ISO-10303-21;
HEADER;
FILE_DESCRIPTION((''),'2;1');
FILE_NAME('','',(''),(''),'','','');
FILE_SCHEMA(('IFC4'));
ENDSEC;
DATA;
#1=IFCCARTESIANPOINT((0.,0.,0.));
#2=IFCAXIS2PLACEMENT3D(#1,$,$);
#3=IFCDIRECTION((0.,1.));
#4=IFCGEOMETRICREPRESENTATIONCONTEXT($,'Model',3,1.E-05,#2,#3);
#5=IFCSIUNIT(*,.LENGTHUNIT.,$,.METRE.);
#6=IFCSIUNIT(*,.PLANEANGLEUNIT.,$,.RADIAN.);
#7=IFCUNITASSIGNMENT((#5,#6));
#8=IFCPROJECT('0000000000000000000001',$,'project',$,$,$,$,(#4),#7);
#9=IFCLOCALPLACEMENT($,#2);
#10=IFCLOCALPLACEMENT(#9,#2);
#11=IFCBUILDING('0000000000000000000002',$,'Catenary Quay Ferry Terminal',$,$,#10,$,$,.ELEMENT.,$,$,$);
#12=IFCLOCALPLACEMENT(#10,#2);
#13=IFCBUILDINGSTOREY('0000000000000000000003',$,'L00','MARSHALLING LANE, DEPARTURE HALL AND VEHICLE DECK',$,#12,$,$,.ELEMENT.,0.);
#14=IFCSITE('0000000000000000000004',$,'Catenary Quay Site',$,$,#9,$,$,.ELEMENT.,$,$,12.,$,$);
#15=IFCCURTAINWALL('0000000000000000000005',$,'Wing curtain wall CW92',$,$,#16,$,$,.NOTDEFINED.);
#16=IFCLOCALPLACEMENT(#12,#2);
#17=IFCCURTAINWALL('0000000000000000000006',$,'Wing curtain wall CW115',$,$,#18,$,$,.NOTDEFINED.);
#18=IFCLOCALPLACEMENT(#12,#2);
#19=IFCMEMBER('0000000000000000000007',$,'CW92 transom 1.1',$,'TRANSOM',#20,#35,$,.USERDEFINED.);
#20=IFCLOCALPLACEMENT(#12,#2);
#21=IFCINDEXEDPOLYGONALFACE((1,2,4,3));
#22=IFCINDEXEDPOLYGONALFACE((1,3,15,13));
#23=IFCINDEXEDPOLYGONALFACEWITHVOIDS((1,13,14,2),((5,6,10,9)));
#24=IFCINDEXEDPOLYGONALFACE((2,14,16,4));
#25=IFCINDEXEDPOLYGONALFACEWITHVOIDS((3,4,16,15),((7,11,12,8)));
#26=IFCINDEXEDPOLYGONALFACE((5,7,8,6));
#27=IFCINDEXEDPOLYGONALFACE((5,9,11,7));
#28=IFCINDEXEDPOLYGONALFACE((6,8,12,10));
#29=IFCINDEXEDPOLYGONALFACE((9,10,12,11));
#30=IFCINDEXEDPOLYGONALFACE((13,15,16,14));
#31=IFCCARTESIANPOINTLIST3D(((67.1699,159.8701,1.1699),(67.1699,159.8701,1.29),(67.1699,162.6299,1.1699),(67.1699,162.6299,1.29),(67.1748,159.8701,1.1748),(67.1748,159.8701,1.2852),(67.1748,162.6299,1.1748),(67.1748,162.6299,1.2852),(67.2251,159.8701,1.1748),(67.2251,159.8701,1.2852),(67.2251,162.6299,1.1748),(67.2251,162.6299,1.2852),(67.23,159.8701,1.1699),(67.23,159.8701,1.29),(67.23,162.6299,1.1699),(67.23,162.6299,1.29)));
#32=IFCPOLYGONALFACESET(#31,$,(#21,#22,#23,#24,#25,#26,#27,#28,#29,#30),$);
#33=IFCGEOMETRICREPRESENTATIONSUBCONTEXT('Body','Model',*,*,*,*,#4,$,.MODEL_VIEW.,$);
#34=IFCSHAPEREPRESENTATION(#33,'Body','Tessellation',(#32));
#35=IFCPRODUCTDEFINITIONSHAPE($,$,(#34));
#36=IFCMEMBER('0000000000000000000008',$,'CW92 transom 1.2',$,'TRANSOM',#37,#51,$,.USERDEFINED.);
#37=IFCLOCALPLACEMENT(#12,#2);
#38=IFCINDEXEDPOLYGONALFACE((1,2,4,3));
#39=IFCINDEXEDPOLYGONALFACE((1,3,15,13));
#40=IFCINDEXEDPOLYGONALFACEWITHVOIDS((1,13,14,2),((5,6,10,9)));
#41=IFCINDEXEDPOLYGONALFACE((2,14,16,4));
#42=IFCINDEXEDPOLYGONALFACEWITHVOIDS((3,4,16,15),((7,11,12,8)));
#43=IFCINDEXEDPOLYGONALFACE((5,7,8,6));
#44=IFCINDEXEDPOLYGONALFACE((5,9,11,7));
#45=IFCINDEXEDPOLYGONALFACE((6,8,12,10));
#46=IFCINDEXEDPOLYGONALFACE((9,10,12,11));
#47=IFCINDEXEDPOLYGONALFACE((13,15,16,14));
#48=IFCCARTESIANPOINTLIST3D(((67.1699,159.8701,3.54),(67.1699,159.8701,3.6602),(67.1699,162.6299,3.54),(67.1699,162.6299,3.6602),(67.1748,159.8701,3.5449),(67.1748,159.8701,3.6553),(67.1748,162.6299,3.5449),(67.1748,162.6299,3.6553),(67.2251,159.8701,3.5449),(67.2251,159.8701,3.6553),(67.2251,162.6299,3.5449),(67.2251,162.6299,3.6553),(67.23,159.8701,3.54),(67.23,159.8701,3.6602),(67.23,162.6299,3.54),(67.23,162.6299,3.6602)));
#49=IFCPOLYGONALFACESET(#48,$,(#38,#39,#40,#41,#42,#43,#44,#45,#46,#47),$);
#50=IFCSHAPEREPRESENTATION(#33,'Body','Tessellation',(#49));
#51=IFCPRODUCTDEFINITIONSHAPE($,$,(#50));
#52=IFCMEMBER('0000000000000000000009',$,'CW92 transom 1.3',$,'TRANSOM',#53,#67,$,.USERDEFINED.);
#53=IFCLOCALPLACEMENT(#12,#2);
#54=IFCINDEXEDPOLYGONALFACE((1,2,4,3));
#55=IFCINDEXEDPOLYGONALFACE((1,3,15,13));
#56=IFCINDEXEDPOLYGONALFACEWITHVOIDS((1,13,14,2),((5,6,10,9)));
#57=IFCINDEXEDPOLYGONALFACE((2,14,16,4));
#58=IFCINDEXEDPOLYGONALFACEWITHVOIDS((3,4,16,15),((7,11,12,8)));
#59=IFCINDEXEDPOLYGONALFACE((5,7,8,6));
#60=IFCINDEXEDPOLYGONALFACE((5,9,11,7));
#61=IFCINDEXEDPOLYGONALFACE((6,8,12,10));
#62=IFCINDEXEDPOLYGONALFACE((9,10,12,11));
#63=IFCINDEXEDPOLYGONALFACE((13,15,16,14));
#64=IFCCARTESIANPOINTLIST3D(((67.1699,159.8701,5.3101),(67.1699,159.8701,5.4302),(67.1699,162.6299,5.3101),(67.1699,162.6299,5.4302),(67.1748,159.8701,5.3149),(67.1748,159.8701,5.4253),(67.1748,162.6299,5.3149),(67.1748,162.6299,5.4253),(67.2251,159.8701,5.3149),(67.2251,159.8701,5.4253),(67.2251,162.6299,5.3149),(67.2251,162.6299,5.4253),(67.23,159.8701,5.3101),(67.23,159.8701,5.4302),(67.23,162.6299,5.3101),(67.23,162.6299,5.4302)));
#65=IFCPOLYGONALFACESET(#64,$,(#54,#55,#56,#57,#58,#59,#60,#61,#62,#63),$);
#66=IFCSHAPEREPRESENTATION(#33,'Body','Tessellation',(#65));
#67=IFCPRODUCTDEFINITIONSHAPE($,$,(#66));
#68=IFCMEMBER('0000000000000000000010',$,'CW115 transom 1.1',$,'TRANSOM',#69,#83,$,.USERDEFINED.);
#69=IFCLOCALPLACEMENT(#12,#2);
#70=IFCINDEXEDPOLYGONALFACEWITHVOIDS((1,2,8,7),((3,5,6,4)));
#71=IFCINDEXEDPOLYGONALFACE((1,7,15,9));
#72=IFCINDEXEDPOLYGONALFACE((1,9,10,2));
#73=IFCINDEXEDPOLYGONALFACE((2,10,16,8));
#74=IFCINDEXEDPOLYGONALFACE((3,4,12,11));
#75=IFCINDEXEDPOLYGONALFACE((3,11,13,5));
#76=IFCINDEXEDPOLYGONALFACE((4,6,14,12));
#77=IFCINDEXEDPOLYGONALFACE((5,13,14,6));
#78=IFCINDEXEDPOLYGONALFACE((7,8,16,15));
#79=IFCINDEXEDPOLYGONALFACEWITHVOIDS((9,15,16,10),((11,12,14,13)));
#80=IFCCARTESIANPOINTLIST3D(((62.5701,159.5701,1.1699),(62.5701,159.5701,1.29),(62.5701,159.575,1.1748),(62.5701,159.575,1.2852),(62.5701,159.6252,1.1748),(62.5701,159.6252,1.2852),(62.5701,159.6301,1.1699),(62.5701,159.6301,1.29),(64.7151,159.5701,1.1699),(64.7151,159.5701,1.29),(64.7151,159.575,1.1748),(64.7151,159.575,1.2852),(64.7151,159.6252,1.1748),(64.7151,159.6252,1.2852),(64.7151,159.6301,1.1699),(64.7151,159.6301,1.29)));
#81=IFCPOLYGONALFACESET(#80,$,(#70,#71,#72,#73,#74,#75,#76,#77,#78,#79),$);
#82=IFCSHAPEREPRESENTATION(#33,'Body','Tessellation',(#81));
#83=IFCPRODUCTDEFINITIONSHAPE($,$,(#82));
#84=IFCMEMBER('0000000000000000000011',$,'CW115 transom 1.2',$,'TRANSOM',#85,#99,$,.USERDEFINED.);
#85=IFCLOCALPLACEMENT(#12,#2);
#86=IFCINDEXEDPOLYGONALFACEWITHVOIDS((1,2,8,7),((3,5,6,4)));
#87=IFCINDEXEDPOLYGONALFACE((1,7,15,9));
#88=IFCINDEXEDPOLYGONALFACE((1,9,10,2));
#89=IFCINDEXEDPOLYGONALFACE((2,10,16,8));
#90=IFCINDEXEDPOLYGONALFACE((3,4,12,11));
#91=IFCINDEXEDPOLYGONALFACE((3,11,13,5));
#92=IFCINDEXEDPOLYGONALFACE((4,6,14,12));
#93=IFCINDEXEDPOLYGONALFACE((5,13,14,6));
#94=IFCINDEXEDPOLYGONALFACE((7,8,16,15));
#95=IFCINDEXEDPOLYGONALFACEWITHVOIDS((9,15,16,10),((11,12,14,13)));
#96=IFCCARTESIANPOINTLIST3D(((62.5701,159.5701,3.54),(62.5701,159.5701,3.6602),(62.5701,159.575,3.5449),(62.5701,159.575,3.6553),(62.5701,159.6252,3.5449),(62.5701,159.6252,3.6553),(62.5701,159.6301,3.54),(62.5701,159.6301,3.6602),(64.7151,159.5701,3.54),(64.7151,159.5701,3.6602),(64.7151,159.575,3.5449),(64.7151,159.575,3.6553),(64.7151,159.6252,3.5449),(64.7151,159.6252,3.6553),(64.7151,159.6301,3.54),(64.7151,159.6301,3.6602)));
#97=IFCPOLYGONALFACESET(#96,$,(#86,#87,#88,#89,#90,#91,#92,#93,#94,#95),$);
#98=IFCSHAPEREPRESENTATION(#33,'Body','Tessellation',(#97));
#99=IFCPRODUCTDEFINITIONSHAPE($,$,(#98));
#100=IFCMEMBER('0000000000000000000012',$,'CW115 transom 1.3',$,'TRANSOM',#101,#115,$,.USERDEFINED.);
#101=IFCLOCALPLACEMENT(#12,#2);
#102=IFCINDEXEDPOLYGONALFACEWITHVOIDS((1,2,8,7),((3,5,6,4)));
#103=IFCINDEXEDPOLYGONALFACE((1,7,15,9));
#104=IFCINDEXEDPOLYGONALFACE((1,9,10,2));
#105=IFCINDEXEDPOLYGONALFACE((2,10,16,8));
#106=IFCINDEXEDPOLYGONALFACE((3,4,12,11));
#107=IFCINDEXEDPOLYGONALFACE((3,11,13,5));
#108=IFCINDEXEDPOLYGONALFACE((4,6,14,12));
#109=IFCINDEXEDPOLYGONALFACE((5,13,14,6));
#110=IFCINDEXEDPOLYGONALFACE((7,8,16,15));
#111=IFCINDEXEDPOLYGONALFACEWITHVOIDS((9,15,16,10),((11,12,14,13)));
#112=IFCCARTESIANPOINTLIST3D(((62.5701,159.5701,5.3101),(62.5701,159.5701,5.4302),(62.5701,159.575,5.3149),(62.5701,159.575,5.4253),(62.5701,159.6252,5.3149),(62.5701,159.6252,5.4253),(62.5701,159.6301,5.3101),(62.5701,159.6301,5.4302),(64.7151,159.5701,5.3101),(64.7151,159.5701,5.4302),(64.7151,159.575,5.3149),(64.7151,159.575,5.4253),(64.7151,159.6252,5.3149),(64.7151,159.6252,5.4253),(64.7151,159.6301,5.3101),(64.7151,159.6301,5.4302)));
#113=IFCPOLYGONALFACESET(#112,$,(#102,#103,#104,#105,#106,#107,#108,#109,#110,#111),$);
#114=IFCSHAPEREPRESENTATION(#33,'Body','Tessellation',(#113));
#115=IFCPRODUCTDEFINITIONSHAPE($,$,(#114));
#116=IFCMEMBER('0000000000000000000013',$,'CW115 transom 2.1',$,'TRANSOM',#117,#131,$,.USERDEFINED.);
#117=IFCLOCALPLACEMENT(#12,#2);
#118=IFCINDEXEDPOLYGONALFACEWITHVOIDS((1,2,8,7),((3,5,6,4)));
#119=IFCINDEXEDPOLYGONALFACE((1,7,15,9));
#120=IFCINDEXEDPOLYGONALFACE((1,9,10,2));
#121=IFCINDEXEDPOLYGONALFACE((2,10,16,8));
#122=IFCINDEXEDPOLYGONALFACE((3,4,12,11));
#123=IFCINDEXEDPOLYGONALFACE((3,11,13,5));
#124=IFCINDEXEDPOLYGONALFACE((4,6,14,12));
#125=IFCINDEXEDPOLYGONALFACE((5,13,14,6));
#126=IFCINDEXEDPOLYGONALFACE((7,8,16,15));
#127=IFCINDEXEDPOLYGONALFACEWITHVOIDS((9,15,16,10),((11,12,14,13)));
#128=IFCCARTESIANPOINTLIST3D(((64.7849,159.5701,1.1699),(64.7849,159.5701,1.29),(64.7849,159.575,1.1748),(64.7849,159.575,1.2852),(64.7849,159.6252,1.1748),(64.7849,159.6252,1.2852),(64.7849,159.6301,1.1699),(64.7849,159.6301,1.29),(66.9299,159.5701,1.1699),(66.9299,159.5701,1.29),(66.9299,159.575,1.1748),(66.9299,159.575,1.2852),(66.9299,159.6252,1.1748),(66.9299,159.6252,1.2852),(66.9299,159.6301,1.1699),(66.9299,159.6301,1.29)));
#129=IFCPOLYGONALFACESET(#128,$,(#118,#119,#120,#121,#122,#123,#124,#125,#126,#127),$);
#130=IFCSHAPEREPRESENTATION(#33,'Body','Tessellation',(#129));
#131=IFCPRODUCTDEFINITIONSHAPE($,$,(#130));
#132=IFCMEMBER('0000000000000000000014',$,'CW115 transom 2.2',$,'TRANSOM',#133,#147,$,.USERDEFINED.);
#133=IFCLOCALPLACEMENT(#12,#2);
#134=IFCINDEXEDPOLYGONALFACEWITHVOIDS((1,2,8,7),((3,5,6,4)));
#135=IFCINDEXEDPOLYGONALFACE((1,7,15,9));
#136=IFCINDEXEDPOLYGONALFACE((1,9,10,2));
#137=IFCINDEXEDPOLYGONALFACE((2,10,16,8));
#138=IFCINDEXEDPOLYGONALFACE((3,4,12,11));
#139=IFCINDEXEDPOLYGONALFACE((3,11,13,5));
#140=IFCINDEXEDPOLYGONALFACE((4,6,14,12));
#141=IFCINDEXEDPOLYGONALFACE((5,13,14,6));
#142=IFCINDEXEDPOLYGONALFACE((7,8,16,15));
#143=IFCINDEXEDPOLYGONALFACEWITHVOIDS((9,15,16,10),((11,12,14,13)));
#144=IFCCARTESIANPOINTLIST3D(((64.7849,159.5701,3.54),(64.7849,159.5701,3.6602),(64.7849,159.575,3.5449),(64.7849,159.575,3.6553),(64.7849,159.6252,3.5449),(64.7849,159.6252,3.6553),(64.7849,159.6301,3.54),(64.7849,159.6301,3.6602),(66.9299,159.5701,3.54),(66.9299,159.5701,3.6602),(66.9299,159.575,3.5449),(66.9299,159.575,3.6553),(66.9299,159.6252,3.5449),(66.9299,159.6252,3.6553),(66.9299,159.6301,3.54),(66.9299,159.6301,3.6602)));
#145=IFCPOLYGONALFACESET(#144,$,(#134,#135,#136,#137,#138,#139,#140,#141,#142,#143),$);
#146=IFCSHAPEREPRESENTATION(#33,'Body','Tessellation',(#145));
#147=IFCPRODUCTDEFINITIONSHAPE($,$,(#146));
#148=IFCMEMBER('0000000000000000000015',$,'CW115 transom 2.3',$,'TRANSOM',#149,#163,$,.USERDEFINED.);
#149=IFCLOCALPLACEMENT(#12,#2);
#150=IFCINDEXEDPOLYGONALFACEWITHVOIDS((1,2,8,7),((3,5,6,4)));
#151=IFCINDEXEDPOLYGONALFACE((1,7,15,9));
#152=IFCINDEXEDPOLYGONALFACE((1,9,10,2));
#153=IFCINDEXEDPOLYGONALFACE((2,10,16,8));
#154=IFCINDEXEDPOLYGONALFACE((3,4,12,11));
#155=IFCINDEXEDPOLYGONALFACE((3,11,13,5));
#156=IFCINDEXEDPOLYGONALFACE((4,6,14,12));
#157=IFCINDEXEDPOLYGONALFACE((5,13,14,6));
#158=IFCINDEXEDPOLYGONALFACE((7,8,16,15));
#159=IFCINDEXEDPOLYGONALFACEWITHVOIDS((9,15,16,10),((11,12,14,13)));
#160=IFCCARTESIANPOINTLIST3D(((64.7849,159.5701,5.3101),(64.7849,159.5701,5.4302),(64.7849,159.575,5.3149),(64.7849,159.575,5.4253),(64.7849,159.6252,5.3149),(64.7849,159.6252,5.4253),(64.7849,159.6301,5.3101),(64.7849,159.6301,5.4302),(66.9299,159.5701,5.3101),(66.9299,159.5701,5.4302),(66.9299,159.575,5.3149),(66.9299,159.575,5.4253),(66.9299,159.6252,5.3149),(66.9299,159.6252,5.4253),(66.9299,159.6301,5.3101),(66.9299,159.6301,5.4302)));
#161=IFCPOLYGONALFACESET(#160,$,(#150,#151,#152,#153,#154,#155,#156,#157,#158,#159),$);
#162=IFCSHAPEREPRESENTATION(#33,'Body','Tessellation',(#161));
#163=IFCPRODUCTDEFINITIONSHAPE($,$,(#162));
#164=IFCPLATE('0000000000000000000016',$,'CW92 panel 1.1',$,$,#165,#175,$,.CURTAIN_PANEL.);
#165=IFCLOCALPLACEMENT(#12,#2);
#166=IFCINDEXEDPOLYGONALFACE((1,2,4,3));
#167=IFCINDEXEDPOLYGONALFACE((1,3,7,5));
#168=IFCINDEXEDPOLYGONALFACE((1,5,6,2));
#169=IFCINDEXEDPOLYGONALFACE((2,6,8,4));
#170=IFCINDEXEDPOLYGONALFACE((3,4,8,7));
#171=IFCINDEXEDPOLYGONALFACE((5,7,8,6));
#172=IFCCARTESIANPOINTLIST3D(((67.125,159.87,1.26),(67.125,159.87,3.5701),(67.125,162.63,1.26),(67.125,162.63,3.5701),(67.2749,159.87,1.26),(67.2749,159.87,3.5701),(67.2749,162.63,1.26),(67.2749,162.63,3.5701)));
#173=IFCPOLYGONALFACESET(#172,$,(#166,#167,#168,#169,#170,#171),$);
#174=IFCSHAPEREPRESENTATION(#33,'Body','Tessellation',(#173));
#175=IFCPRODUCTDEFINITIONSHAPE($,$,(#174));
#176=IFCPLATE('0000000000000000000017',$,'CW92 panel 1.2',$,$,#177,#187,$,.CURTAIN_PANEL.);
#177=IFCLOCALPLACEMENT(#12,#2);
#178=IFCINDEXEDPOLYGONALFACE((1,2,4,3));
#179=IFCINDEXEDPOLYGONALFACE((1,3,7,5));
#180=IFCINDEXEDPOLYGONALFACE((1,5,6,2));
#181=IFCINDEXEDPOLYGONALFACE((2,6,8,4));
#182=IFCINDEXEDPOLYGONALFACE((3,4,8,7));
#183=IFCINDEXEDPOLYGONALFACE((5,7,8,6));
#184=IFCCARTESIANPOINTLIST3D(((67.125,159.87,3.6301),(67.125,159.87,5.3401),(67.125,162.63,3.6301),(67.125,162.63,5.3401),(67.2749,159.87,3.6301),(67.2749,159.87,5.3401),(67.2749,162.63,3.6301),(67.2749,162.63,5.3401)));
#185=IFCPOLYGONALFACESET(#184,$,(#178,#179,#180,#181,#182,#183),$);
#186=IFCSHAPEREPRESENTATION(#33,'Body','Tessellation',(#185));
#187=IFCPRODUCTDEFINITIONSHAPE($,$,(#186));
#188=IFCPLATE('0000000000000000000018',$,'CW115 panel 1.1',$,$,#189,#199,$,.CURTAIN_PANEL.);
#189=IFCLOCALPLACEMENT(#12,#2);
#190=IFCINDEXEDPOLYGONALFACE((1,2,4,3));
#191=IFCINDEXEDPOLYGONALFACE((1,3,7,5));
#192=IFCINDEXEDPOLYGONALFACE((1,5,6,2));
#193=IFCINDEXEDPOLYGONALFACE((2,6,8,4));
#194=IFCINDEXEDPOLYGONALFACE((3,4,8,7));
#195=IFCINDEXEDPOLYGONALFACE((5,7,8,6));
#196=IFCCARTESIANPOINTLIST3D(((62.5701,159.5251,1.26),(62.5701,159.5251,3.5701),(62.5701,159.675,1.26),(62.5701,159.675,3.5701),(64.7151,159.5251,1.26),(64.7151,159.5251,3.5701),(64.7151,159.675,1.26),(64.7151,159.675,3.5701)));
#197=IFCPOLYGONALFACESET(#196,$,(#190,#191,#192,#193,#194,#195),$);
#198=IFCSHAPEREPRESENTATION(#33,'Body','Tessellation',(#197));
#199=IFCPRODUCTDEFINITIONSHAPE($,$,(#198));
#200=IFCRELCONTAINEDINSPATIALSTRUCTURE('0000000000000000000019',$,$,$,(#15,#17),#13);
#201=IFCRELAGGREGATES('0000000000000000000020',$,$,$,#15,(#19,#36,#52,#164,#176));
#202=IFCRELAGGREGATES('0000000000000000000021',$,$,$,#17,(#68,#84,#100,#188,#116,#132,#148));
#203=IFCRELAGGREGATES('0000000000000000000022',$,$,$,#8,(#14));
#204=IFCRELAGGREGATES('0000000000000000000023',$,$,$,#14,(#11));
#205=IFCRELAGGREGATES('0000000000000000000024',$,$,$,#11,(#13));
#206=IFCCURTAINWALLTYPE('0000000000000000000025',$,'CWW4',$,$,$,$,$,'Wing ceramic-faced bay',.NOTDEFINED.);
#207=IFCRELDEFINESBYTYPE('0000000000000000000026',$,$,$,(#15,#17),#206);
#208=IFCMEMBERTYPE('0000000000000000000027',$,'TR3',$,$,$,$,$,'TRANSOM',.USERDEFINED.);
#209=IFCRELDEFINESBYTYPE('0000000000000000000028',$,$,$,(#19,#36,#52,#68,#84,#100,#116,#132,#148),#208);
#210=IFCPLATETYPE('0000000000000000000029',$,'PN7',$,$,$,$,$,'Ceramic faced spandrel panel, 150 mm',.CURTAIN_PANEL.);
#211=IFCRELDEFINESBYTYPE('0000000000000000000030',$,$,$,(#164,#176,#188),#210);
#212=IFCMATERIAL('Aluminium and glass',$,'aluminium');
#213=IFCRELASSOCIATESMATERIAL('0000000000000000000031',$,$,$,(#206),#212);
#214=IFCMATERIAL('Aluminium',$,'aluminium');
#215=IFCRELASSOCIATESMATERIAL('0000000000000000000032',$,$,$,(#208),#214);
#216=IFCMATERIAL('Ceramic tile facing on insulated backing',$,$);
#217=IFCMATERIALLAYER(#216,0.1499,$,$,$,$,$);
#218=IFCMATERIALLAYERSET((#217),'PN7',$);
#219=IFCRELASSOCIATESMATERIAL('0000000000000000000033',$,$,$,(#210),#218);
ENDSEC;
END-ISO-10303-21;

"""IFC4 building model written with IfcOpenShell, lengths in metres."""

from ifc_helpers import new_model, si_unit, direction, frame, origin, origin_2d, place, context, subcontext, project, spatial, rectangle, hollow_rectangle, extrude, material, layer, layer_set, material_profile, profile_set, type_object, element, aggregate, save


model = new_model("IFC4")

# Units and contexts
model_context = context("Model", 3, precision=1e-05, world=origin(), true_north=direction((0.0, 1.0)))
body_context = subcontext(model_context, "Body", "Model", "MODEL_VIEW")
ifc_project = project(units=[si_unit("LENGTHUNIT", "METRE"), si_unit("PLANEANGLEUNIT", "RADIAN")], contexts=[model_context])

# Site, building, storey
site_placement = place(None, origin())
site = spatial("IfcSite", under=ifc_project, at=site_placement, Name="Catenary Quay Site", CompositionType="ELEMENT", RefElevation=12.0)
building_placement = place(site_placement, origin())
building = spatial("IfcBuilding", under=site, at=building_placement, Name="Catenary Quay Ferry Terminal", CompositionType="ELEMENT")
storey_placement = place(building_placement, origin())
storey = spatial("IfcBuildingStorey", under=building, at=storey_placement, Name="L00", Description="MARSHALLING LANE, DEPARTURE HALL AND VEHICLE DECK", CompositionType="ELEMENT", Elevation=0.0)

# Curtain walls
ifc_material_1 = material(Name="Aluminium and glass", Category="aluminium")
curtain_wall_type = type_object("IfcCurtainWallType", Name="CWW4", ElementType="Wing ceramic-faced bay", PredefinedType="NOTDEFINED", material=ifc_material_1)
curtain_wall_1_placement = place(storey_placement, origin())
curtain_wall_1 = element("IfcCurtainWall", 1, at=curtain_wall_1_placement, inside=storey, type_object=curtain_wall_type, Name="Wing curtain wall CW92", PredefinedType="NOTDEFINED")
curtain_wall_2_placement = place(storey_placement, origin())
curtain_wall_2 = element("IfcCurtainWall", 2, at=curtain_wall_2_placement, inside=storey, type_object=curtain_wall_type, Name="Wing curtain wall CW115", PredefinedType="NOTDEFINED")

# Members
ifc_material_2 = material(Name="Aluminium", Category="aluminium")
ifc_material_profile_1 = material_profile(ifc_material_2, hollow_rectangle(XDim=0.0601, YDim=0.1201, WallThickness=0.0049, at=origin_2d()), Name="TR3")
ifc_profile_set_1 = profile_set([ifc_material_profile_1], Name="Aluminium")
member_type_1 = type_object("IfcMemberType", Name="TR3", ElementType="TRANSOM", PredefinedType="USERDEFINED", material=ifc_profile_set_1)
member_1_placement = place(storey_placement, frame((67.2, 159.8701, 1.23), z_axis=(0.0, 1.0, 0.0), x_axis=(-1.0, 0.0, 0.0)))
member_1 = element("IfcMember", 3, at=member_1_placement, type_object=member_type_1, Name="CW92 transom 1.1", ObjectType="TRANSOM", PredefinedType="USERDEFINED", context=body_context, shape_type="SweptSolid", body=[
    extrude(hollow_rectangle(XDim=0.0601, YDim=0.1201, WallThickness=0.0049, at=origin_2d()), origin(), (0.0, 0.0, 1.0), 2.7598),
])
member_2_placement = place(storey_placement, frame((67.2, 159.8701, 3.6001), z_axis=(0.0, 1.0, 0.0), x_axis=(-1.0, 0.0, 0.0)))
member_2 = element("IfcMember", 4, at=member_2_placement, type_object=member_type_1, Name="CW92 transom 1.2", ObjectType="TRANSOM", PredefinedType="USERDEFINED", context=body_context, shape_type="SweptSolid", body=[
    extrude(hollow_rectangle(XDim=0.0601, YDim=0.1201, WallThickness=0.0049, at=origin_2d()), origin(), (0.0, 0.0, 1.0), 2.7598),
])
member_3_placement = place(storey_placement, frame((67.2, 159.8701, 5.3701), z_axis=(0.0, 1.0, 0.0), x_axis=(-1.0, 0.0, 0.0)))
member_3 = element("IfcMember", 5, at=member_3_placement, type_object=member_type_1, Name="CW92 transom 1.3", ObjectType="TRANSOM", PredefinedType="USERDEFINED", context=body_context, shape_type="SweptSolid", body=[
    extrude(hollow_rectangle(XDim=0.0601, YDim=0.1201, WallThickness=0.0049, at=origin_2d()), origin(), (0.0, 0.0, 1.0), 2.7598),
])
member_4_placement = place(storey_placement, frame((62.5701, 159.6001, 1.23), z_axis=(1.0, 0.0, 0.0), x_axis=(0.0, 1.0, 0.0)))
member_4 = element("IfcMember", 6, at=member_4_placement, type_object=member_type_1, Name="CW115 transom 1.1", ObjectType="TRANSOM", PredefinedType="USERDEFINED", context=body_context, shape_type="SweptSolid", body=[
    extrude(hollow_rectangle(XDim=0.0601, YDim=0.1201, WallThickness=0.0049, at=origin_2d()), origin(), (0.0, 0.0, 1.0), 2.145),
])
member_5_placement = place(storey_placement, frame((62.5701, 159.6001, 3.6001), z_axis=(1.0, 0.0, 0.0), x_axis=(0.0, 1.0, 0.0)))
member_5 = element("IfcMember", 7, at=member_5_placement, type_object=member_type_1, Name="CW115 transom 1.2", ObjectType="TRANSOM", PredefinedType="USERDEFINED", context=body_context, shape_type="SweptSolid", body=[
    extrude(hollow_rectangle(XDim=0.0601, YDim=0.1201, WallThickness=0.0049, at=origin_2d()), origin(), (0.0, 0.0, 1.0), 2.145),
])
member_6_placement = place(storey_placement, frame((62.5701, 159.6001, 5.3701), z_axis=(1.0, 0.0, 0.0), x_axis=(0.0, 1.0, 0.0)))
member_6 = element("IfcMember", 8, at=member_6_placement, type_object=member_type_1, Name="CW115 transom 1.3", ObjectType="TRANSOM", PredefinedType="USERDEFINED", context=body_context, shape_type="SweptSolid", body=[
    extrude(hollow_rectangle(XDim=0.0601, YDim=0.1201, WallThickness=0.0049, at=origin_2d()), origin(), (0.0, 0.0, 1.0), 2.145),
])
member_7_placement = place(storey_placement, frame((64.7849, 159.6001, 1.23), z_axis=(1.0, 0.0, 0.0), x_axis=(0.0, 1.0, 0.0)))
member_7 = element("IfcMember", 9, at=member_7_placement, type_object=member_type_1, Name="CW115 transom 2.1", ObjectType="TRANSOM", PredefinedType="USERDEFINED", context=body_context, shape_type="SweptSolid", body=[
    extrude(hollow_rectangle(XDim=0.0601, YDim=0.1201, WallThickness=0.0049, at=origin_2d()), origin(), (0.0, 0.0, 1.0), 2.145),
])
member_8_placement = place(storey_placement, frame((64.7849, 159.6001, 3.6001), z_axis=(1.0, 0.0, 0.0), x_axis=(0.0, 1.0, 0.0)))
member_8 = element("IfcMember", 10, at=member_8_placement, type_object=member_type_1, Name="CW115 transom 2.2", ObjectType="TRANSOM", PredefinedType="USERDEFINED", context=body_context, shape_type="SweptSolid", body=[
    extrude(hollow_rectangle(XDim=0.0601, YDim=0.1201, WallThickness=0.0049, at=origin_2d()), origin(), (0.0, 0.0, 1.0), 2.145),
])
member_9_placement = place(storey_placement, frame((64.7849, 159.6001, 5.3701), z_axis=(1.0, 0.0, 0.0), x_axis=(0.0, 1.0, 0.0)))
member_9 = element("IfcMember", 11, at=member_9_placement, type_object=member_type_1, Name="CW115 transom 2.3", ObjectType="TRANSOM", PredefinedType="USERDEFINED", context=body_context, shape_type="SweptSolid", body=[
    extrude(hollow_rectangle(XDim=0.0601, YDim=0.1201, WallThickness=0.0049, at=origin_2d()), origin(), (0.0, 0.0, 1.0), 2.145),
])

# Plates
ifc_material_3 = material(Name="Ceramic tile facing on insulated backing")
ifc_layer_1 = layer(ifc_material_3, 0.1499)
ifc_layer_set_1 = layer_set([ifc_layer_1], Name="PN7")
plate_type = type_object("IfcPlateType", Name="PN7", ElementType="Ceramic faced spandrel panel, 150 mm", PredefinedType="CURTAIN_PANEL", material=ifc_layer_set_1)
plate_1_placement = place(storey_placement, frame((67.2, 161.25, 1.26), z_axis=(0.0, 0.0, 1.0), x_axis=(0.0, 1.0, 0.0)))
plate_1 = element("IfcPlate", 12, at=plate_1_placement, type_object=plate_type, Name="CW92 panel 1.1", PredefinedType="CURTAIN_PANEL", context=body_context, shape_type="SweptSolid", body=[
    extrude(rectangle(XDim=2.76, YDim=0.1499, at=origin_2d()), origin(), (0.0, 0.0, 1.0), 2.3101),
])
plate_2_placement = place(storey_placement, frame((67.2, 161.25, 3.6301), z_axis=(0.0, 0.0, 1.0), x_axis=(0.0, 1.0, 0.0)))
plate_2 = element("IfcPlate", 13, at=plate_2_placement, type_object=plate_type, Name="CW92 panel 1.2", PredefinedType="CURTAIN_PANEL", context=body_context, shape_type="SweptSolid", body=[
    extrude(rectangle(XDim=2.76, YDim=0.1499, at=origin_2d()), origin(), (0.0, 0.0, 1.0), 1.71),
])
aggregate(curtain_wall_1, [member_1, member_2, member_3, plate_1, plate_2])
plate_3_placement = place(storey_placement, frame((63.6426, 159.6001, 1.26), z_axis=(0.0, 0.0, 1.0), x_axis=(1.0, 0.0, 0.0)))
plate_3 = element("IfcPlate", 14, at=plate_3_placement, type_object=plate_type, Name="CW115 panel 1.1", PredefinedType="CURTAIN_PANEL", context=body_context, shape_type="SweptSolid", body=[
    extrude(rectangle(XDim=2.145, YDim=0.1499, at=origin_2d()), origin(), (0.0, 0.0, 1.0), 2.3101),
])
aggregate(curtain_wall_2, [member_4, member_5, member_6, plate_3, member_7, member_8, member_9])

save(model, "model.ifc")
